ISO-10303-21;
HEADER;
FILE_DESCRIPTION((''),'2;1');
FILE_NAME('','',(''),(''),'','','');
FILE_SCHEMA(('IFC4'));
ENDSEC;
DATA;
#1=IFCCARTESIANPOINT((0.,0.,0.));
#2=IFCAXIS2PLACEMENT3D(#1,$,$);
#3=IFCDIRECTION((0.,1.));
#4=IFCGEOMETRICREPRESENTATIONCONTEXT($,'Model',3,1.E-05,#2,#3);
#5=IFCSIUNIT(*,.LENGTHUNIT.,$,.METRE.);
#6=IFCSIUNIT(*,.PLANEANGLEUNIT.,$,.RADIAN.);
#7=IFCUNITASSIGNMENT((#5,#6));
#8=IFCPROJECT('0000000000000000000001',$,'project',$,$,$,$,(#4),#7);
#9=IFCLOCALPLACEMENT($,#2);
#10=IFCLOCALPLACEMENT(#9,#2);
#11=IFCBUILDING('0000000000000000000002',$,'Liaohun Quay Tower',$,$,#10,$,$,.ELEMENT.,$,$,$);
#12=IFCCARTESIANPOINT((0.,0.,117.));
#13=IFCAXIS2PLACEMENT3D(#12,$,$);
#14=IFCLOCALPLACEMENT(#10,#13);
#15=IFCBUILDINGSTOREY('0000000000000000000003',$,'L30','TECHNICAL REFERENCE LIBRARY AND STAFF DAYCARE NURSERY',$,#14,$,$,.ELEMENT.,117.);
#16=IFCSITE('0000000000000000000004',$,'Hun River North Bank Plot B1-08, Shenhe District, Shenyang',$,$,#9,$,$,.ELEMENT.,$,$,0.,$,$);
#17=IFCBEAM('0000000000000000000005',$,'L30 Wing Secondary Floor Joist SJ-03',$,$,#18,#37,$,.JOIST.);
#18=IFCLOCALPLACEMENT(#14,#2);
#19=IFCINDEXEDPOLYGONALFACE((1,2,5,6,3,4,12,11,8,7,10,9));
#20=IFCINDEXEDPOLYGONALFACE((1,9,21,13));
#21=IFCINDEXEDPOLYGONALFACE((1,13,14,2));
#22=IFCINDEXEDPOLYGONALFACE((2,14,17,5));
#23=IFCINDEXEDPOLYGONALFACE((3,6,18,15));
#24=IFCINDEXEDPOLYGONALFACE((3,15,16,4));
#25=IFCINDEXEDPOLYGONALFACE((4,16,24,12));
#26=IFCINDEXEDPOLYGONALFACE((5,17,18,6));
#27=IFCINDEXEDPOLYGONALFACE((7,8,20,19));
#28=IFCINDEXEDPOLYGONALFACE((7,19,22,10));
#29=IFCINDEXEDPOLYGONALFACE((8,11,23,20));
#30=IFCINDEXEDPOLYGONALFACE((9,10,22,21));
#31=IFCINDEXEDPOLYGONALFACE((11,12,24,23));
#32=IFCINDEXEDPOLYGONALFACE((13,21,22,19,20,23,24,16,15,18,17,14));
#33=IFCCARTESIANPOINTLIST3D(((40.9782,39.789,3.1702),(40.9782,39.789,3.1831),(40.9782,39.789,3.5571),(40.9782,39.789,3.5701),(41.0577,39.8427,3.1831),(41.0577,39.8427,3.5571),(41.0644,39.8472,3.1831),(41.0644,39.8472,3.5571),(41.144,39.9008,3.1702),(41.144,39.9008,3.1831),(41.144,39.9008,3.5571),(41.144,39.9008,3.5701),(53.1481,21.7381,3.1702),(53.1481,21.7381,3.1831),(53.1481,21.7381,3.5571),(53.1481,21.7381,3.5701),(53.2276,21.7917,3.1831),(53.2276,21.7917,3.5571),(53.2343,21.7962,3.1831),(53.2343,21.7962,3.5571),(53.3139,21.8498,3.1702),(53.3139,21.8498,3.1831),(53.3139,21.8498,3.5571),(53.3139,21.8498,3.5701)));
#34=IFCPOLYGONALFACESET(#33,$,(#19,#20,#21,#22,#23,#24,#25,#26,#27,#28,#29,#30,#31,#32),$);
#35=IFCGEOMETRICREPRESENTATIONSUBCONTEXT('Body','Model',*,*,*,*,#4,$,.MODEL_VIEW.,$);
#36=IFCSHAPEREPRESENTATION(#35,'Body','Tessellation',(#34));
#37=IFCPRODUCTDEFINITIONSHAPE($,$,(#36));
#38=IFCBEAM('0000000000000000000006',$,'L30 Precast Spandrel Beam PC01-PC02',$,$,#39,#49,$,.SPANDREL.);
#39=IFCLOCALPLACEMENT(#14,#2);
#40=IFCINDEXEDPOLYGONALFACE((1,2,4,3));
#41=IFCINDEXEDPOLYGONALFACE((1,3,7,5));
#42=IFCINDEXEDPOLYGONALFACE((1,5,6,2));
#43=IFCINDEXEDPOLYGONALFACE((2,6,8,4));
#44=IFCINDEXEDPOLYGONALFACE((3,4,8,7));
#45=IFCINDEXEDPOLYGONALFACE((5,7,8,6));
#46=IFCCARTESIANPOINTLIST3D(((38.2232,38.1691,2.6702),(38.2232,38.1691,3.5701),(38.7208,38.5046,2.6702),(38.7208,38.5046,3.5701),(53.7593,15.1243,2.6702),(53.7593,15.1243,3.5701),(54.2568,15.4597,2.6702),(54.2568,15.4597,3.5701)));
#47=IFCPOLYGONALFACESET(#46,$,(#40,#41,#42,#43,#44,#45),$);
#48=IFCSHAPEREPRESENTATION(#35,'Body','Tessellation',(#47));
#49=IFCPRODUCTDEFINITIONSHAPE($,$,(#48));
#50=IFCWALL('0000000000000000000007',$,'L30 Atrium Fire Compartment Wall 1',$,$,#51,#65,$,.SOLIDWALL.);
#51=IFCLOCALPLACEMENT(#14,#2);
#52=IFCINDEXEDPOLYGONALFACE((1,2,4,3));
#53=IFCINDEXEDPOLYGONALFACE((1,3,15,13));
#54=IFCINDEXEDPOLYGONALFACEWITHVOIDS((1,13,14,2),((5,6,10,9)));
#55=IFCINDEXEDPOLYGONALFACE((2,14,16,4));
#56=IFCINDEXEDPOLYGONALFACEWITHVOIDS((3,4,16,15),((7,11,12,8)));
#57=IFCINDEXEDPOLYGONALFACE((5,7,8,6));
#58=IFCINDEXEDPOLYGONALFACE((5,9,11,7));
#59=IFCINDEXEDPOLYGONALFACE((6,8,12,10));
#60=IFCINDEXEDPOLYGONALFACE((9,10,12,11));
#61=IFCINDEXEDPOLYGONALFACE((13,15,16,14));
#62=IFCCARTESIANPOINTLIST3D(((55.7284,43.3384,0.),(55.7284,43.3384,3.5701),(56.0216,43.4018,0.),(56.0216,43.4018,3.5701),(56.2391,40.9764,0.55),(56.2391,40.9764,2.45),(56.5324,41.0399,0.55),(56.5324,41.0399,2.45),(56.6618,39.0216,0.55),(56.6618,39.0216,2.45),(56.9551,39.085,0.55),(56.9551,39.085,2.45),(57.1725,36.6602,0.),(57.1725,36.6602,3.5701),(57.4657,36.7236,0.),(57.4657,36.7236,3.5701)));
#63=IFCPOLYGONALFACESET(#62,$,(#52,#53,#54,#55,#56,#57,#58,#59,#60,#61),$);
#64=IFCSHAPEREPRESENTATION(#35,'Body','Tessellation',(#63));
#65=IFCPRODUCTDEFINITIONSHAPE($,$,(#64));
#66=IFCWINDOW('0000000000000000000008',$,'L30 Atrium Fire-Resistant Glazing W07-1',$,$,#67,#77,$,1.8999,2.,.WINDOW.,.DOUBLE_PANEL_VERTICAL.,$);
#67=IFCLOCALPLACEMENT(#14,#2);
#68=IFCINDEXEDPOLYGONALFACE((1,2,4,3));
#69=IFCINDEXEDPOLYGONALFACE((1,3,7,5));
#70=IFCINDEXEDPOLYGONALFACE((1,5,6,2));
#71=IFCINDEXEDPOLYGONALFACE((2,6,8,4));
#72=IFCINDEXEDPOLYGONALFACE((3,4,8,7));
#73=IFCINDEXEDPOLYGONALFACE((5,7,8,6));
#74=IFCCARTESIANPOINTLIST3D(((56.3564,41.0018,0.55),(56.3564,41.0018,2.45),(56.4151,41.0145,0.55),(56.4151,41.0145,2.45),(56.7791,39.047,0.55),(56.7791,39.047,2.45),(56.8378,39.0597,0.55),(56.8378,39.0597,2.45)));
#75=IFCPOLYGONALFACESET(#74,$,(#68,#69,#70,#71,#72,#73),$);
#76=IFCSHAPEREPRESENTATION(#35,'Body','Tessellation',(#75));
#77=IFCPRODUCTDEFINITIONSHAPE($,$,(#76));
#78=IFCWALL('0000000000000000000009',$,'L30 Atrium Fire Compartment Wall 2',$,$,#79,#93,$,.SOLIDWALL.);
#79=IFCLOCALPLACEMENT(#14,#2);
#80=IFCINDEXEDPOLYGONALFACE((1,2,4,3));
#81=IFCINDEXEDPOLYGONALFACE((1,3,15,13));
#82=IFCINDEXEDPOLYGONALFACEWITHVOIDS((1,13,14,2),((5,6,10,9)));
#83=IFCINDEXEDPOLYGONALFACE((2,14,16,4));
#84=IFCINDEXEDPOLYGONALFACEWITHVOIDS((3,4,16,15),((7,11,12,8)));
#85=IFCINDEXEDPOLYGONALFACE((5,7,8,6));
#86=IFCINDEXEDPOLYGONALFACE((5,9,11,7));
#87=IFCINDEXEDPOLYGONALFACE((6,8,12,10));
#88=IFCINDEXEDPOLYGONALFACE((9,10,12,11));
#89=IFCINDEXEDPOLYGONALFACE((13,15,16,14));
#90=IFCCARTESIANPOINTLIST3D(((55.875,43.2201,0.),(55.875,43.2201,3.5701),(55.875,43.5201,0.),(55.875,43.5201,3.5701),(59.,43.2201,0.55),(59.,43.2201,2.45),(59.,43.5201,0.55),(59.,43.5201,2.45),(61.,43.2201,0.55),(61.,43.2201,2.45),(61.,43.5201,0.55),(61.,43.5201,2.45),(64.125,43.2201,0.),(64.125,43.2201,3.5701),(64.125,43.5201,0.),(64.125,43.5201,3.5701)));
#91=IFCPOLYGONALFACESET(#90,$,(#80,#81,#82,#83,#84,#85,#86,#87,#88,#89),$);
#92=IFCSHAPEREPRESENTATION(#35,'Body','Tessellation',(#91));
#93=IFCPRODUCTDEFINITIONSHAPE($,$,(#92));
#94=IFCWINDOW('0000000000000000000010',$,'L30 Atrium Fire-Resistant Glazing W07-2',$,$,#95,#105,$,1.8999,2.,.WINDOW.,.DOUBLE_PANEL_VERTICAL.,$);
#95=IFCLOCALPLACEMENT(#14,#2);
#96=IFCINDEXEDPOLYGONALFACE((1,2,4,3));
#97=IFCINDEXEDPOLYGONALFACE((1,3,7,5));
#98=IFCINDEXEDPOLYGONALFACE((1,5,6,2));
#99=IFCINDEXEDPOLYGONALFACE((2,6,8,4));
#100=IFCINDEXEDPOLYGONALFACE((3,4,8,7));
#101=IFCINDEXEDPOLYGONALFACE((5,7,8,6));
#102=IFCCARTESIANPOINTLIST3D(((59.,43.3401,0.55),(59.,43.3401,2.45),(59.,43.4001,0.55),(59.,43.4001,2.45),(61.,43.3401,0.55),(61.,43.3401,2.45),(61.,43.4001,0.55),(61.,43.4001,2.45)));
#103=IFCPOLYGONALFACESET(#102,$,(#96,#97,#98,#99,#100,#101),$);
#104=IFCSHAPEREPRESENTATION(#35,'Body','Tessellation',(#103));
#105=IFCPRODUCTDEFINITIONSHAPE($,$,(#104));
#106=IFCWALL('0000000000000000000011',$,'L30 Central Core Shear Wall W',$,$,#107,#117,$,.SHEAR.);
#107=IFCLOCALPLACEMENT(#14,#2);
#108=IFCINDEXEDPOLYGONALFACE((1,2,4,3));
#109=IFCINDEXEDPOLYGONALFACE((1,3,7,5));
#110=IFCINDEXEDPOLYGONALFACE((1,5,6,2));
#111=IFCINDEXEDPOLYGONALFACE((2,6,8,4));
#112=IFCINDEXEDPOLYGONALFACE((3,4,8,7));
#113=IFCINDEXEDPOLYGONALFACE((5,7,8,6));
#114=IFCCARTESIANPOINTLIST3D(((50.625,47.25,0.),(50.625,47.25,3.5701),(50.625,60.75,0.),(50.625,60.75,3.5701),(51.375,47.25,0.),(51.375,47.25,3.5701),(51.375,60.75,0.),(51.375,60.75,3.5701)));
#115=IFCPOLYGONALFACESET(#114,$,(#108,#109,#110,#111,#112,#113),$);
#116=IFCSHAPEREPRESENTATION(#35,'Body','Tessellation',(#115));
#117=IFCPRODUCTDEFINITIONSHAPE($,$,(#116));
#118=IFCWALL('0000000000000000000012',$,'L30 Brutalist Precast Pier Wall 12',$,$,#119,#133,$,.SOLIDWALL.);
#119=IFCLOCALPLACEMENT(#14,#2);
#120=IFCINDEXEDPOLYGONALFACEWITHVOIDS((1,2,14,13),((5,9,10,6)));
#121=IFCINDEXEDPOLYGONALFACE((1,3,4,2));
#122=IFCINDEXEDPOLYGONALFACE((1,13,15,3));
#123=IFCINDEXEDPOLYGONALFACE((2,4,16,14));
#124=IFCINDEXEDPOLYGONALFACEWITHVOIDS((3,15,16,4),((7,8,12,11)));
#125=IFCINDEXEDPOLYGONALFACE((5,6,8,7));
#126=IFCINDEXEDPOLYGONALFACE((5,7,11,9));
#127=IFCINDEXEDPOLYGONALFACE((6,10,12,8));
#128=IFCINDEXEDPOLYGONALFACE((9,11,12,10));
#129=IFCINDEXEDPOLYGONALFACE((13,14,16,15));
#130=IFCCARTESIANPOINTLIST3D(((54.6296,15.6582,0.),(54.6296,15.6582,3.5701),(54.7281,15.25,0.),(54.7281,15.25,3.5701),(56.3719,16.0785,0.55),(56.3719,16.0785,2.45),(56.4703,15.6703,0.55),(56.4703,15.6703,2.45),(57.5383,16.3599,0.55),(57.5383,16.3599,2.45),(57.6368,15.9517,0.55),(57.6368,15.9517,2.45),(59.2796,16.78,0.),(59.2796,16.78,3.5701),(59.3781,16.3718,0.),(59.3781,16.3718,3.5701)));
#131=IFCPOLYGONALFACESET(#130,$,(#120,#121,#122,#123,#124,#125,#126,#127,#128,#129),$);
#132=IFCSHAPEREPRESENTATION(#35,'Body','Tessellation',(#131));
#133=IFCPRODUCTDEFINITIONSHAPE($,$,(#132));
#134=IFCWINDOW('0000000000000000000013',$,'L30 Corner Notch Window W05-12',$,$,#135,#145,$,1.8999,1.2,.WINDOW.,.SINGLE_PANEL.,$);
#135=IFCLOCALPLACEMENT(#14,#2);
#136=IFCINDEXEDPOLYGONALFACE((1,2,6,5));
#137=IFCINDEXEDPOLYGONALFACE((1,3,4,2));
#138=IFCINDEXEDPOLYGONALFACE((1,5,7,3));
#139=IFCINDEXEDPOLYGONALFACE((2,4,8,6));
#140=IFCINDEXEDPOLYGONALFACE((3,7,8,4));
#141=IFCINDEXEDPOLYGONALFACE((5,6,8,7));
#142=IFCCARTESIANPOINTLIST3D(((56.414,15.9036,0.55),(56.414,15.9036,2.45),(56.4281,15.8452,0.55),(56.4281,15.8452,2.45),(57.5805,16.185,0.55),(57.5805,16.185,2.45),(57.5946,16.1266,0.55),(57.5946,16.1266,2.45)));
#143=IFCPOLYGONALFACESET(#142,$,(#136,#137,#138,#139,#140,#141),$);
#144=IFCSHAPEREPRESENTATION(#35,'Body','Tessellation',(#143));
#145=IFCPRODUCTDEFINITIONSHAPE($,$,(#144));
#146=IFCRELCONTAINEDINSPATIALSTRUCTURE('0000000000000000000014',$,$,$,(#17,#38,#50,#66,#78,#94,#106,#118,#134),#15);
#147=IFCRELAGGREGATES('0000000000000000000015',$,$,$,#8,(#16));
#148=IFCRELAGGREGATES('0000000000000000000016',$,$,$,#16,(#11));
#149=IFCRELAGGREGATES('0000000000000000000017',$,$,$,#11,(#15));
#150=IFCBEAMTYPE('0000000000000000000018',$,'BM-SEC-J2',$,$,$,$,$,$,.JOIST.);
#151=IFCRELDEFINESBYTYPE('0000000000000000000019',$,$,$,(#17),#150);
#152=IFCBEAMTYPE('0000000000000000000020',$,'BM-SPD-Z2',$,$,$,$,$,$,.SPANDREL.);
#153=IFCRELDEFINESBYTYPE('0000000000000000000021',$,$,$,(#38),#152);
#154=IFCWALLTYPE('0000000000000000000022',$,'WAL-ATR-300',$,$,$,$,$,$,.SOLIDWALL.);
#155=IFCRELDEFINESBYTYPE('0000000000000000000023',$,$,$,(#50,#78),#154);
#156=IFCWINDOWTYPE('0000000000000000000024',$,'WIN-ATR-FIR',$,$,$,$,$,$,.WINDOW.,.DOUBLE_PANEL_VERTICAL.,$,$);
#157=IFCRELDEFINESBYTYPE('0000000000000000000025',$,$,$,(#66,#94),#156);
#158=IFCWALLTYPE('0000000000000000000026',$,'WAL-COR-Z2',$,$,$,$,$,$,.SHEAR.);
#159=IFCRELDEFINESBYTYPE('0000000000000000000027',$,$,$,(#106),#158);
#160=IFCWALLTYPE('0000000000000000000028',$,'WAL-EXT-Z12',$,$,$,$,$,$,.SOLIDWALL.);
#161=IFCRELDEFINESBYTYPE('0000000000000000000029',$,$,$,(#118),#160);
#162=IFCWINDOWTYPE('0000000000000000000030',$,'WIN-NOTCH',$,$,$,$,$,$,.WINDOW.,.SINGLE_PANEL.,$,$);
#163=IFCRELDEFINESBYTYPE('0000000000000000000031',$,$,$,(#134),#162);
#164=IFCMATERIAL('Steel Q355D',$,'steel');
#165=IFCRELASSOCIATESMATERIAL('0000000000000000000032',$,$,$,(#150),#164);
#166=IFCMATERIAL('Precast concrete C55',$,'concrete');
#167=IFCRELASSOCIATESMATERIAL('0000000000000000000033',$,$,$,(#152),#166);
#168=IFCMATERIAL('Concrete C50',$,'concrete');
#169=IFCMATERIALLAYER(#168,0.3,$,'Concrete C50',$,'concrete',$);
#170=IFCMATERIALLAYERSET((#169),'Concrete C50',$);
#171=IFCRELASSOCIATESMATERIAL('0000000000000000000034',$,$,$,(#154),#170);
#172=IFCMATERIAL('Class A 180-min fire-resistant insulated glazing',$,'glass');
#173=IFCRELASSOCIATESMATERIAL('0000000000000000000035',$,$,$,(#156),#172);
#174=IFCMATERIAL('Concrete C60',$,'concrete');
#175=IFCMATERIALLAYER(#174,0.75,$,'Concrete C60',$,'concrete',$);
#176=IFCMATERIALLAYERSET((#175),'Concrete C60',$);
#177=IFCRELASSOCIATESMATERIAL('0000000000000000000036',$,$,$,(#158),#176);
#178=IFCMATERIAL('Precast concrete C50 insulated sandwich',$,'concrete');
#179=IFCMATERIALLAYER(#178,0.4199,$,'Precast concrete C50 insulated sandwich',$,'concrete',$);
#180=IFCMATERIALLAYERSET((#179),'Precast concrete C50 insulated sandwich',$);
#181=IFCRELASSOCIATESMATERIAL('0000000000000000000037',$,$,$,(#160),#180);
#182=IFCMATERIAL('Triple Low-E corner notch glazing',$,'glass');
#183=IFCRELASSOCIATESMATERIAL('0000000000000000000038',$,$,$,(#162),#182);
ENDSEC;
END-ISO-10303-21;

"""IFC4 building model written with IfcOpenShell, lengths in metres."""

from ifc_helpers import new_model, si_unit, direction, frame, frame_2d, origin, origin_2d, place, context, subcontext, project, spatial, rectangle, i_section, extrude, source, transform, mapped, material, layer, layer_set, material_profile, profile_set, type_object, element, fill, save


model = new_model("IFC4")

# Units and contexts
model_context = context("Model", 3, precision=1e-05, world=origin(), true_north=direction((0.0, 1.0)))
body_context = subcontext(model_context, "Body", "Model", "MODEL_VIEW")
ifc_project = project(units=[si_unit("LENGTHUNIT", "METRE"), si_unit("PLANEANGLEUNIT", "RADIAN")], contexts=[model_context])

# Site, building, storey
site_placement = place(None, origin())
site = spatial("IfcSite", under=ifc_project, at=site_placement, Name="Hun River North Bank Plot B1-08, Shenhe District, Shenyang", CompositionType="ELEMENT", RefElevation=0.0)
building_placement = place(site_placement, origin())
building = spatial("IfcBuilding", under=site, at=building_placement, Name="Liaohun Quay Tower", CompositionType="ELEMENT")
storey_placement = place(building_placement, frame((0.0, 0.0, 117.0)))
storey = spatial("IfcBuildingStorey", under=building, at=storey_placement, Name="L30", Description="TECHNICAL REFERENCE LIBRARY AND STAFF DAYCARE NURSERY", CompositionType="ELEMENT", Elevation=117.0)

# Shared definitions
ifc_material_1 = material(Name="Concrete C60", Category="concrete")

# Beams
ifc_material_2 = material(Name="Steel Q355D", Category="steel")
ifc_material_profile_1 = material_profile(ifc_material_2, i_section(OverallWidth=0.2, OverallDepth=0.3999, WebThickness=0.0081, FlangeThickness=0.0129, at=origin_2d()), Name="HN400x200x8x13")
ifc_profile_set_1 = profile_set([ifc_material_profile_1], Name="Steel Q355D")
beam_type_1 = type_object("IfcBeamType", Name="BM-SEC-J2", PredefinedType="JOIST", material=ifc_profile_set_1)
shared_shape_1 = source(origin(), body_context, "Body", "SweptSolid", [
    extrude(i_section(OverallWidth=0.2, OverallDepth=0.3999, WebThickness=0.0081, FlangeThickness=0.0129, at=origin_2d()), origin(), (0.0, 0.0, 1.0), 21.7703),
])
beam_1_placement = place(storey_placement, frame((53.231, 21.7939, 3.3701), z_axis=(-0.559015, 0.829158, 0.0), x_axis=(-0.829158, -0.559015, 0.0)))
element("IfcBeam", 1, at=beam_1_placement, inside=storey, type_object=beam_type_1, Name="L30 Wing Secondary Floor Joist SJ-03", PredefinedType="JOIST", context=body_context, shape_type="MappedRepresentation", body=[
    mapped(shared_shape_1, transform((0.0, 0.0, 0.0), x_axis=(1.0, 0.0, 0.0), y_axis=(0.0, 1.0, 0.0), z_axis=(0.0, 0.0, 1.0), scale=1.0)),
])
ifc_material_3 = material(Name="Precast concrete C55", Category="concrete")
ifc_material_profile_2 = material_profile(ifc_material_3, rectangle(XDim=0.6001, YDim=0.8999, at=origin_2d()), Name="RC600x900")
ifc_profile_set_2 = profile_set([ifc_material_profile_2], Name="Precast concrete C55")
beam_type_2 = type_object("IfcBeamType", Name="BM-SPD-Z2", PredefinedType="SPANDREL", material=ifc_profile_set_2)
shared_shape_2 = source(origin(), body_context, "Body", "SweptSolid", [
    extrude(rectangle(XDim=0.6001, YDim=0.8999, at=origin_2d()), origin(), (0.0, 0.0, 1.0), 27.7927),
])
beam_2_placement = place(storey_placement, frame((54.0081, 15.292, 3.1201), z_axis=(-0.558998, 0.829169, 0.0), x_axis=(-0.829169, -0.558998, 0.0)))
element("IfcBeam", 2, at=beam_2_placement, inside=storey, type_object=beam_type_2, Name="L30 Precast Spandrel Beam PC01-PC02", PredefinedType="SPANDREL", context=body_context, shape_type="MappedRepresentation", body=[
    mapped(shared_shape_2, transform((0.0, 0.0, 0.0), x_axis=(1.0, 0.0, 0.0), y_axis=(0.0, 1.0, 0.0), z_axis=(0.0, 0.0, 1.0), scale=1.0)),
])

# Walls, openings, windows
ifc_material_4 = material(Name="Concrete C50", Category="concrete")
ifc_layer_1 = layer(ifc_material_4, 0.3, Name="Concrete C50", Category="concrete")
ifc_layer_set_1 = layer_set([ifc_layer_1], Name="Concrete C50")
wall_type_1 = type_object("IfcWallType", Name="WAL-ATR-300", PredefinedType="SOLIDWALL", material=ifc_layer_set_1)
wall_1_placement = place(storey_placement, frame((57.3191, 36.6919, 0.0), z_axis=(0.0, 0.0, 1.0), x_axis=(-0.211354, 0.97741, 0.0)))
wall_1 = element("IfcWall", 3, at=wall_1_placement, inside=storey, type_object=wall_type_1, Name="L30 Atrium Fire Compartment Wall 1", PredefinedType="SOLIDWALL", context=body_context, shape_type="SweptSolid", body=[
    extrude(rectangle(XDim=6.8325, YDim=0.3, at=frame_2d((3.4163, 0.0))), origin(), (0.0, 0.0, 1.0), 3.5701),
])
shared_shape_3 = source(origin(), body_context, "Body", "SweptSolid", [
    extrude(rectangle(XDim=2.0, YDim=1.8999, at=frame_2d((1.0, 0.95))), frame((0.0, 0.1599, 0.0), z_axis=(0.0, -1.0, 0.0), x_axis=(1.0, 0.0, 0.0)), (0.0, 0.0, 1.0), 0.3201),
])
opening_1_placement = place(wall_1_placement, frame((2.416, 0.0, 0.55)))
opening_1 = element("IfcOpeningElement", 4, at=opening_1_placement, cuts=wall_1, PredefinedType="OPENING", context=body_context, shape_type="MappedRepresentation", body=[
    mapped(shared_shape_3, transform((0.0, 0.0, 0.0), x_axis=(1.0, 0.0, 0.0), y_axis=(0.0, 1.0, 0.0), z_axis=(0.0, 0.0, 1.0), scale=1.0)),
])
ifc_material_5 = material(Name="Class A 180-min fire-resistant insulated glazing", Category="glass")
window_type_1 = type_object("IfcWindowType", Name="WIN-ATR-FIR", PartitioningType="DOUBLE_PANEL_VERTICAL", PredefinedType="WINDOW", material=ifc_material_5)
shared_shape_4 = source(origin(), body_context, "Body", "SweptSolid", [
    extrude(rectangle(XDim=2.0, YDim=1.8999, at=frame_2d((1.0, 0.95))), frame((0.0, 0.03, 0.0), z_axis=(0.0, -1.0, 0.0), x_axis=(1.0, 0.0, 0.0)), (0.0, 0.0, 1.0), 0.0601),
])
window_1_placement = place(opening_1_placement, origin())
window_1 = element("IfcWindow", 5, at=window_1_placement, inside=storey, type_object=window_type_1, Name="L30 Atrium Fire-Resistant Glazing W07-1", OverallHeight=1.8999, OverallWidth=2.0, PartitioningType="DOUBLE_PANEL_VERTICAL", PredefinedType="WINDOW", context=body_context, shape_type="MappedRepresentation", body=[
    mapped(shared_shape_4, transform((0.0, 0.0, 0.0), x_axis=(1.0, 0.0, 0.0), y_axis=(0.0, 1.0, 0.0), z_axis=(0.0, 0.0, 1.0), scale=1.0)),
])
fill(opening_1, window_1)
wall_2_placement = place(storey_placement, frame((55.875, 43.3701, 0.0), z_axis=(0.0, 0.0, 1.0), x_axis=(1.0, 0.0, 0.0)))
wall_2 = element("IfcWall", 6, at=wall_2_placement, inside=storey, type_object=wall_type_1, Name="L30 Atrium Fire Compartment Wall 2", PredefinedType="SOLIDWALL", context=body_context, shape_type="SweptSolid", body=[
    extrude(rectangle(XDim=8.25, YDim=0.3, at=frame_2d((4.125, 0.0))), origin(), (0.0, 0.0, 1.0), 3.5701),
])
opening_2_placement = place(wall_2_placement, frame((3.125, 0.0, 0.55)))
opening_2 = element("IfcOpeningElement", 7, at=opening_2_placement, cuts=wall_2, PredefinedType="OPENING", context=body_context, shape_type="MappedRepresentation", body=[
    mapped(shared_shape_3, transform((0.0, 0.0, 0.0), x_axis=(1.0, 0.0, 0.0), y_axis=(0.0, 1.0, 0.0), z_axis=(0.0, 0.0, 1.0), scale=1.0)),
])
window_2_placement = place(opening_2_placement, origin())
window_2 = element("IfcWindow", 8, at=window_2_placement, inside=storey, type_object=window_type_1, Name="L30 Atrium Fire-Resistant Glazing W07-2", OverallHeight=1.8999, OverallWidth=2.0, PartitioningType="DOUBLE_PANEL_VERTICAL", PredefinedType="WINDOW", context=body_context, shape_type="MappedRepresentation", body=[
    mapped(shared_shape_4, transform((0.0, 0.0, 0.0), x_axis=(1.0, 0.0, 0.0), y_axis=(0.0, 1.0, 0.0), z_axis=(0.0, 0.0, 1.0), scale=1.0)),
])
fill(opening_2, window_2)

# Wall
ifc_layer_2 = layer(ifc_material_1, 0.75, Name="Concrete C60", Category="concrete")
ifc_layer_set_2 = layer_set([ifc_layer_2], Name="Concrete C60")
wall_type_2 = type_object("IfcWallType", Name="WAL-COR-Z2", PredefinedType="SHEAR", material=ifc_layer_set_2)
wall_3_placement = place(storey_placement, frame((51.0, 47.25, 0.0), z_axis=(0.0, 0.0, 1.0), x_axis=(0.0, 1.0, 0.0)))
element("IfcWall", 9, at=wall_3_placement, inside=storey, type_object=wall_type_2, Name="L30 Central Core Shear Wall W", PredefinedType="SHEAR", context=body_context, shape_type="SweptSolid", body=[
    extrude(rectangle(XDim=13.5, YDim=0.75, at=frame_2d((6.75, 0.0))), origin(), (0.0, 0.0, 1.0), 3.5701),
])

# Wall, opening, window
ifc_material_6 = material(Name="Precast concrete C50 insulated sandwich", Category="concrete")
ifc_layer_3 = layer(ifc_material_6, 0.4199, Name="Precast concrete C50 insulated sandwich", Category="concrete")
ifc_layer_set_3 = layer_set([ifc_layer_3], Name="Precast concrete C50 insulated sandwich")
wall_type_3 = type_object("IfcWallType", Name="WAL-EXT-Z12", PredefinedType="SOLIDWALL", material=ifc_layer_set_3)
wall_4_placement = place(storey_placement, frame((54.679, 15.4541, 0.0), z_axis=(0.0, 0.0, 1.0), x_axis=(0.972112, 0.234517, 0.0)))
wall_4 = element("IfcWall", 10, at=wall_4_placement, inside=storey, type_object=wall_type_3, Name="L30 Brutalist Precast Pier Wall 12", PredefinedType="SOLIDWALL", context=body_context, shape_type="SweptSolid", body=[
    extrude(rectangle(XDim=4.7834, YDim=0.4199, at=frame_2d((2.3916, 0.0))), origin(), (0.0, 0.0, 1.0), 3.5701),
])
shared_shape_5 = source(origin(), body_context, "Body", "SweptSolid", [
    extrude(rectangle(XDim=1.2, YDim=1.8999, at=frame_2d((0.6001, 0.95))), frame((0.0, 0.22, 0.0), z_axis=(0.0, -1.0, 0.0), x_axis=(1.0, 0.0, 0.0)), (0.0, 0.0, 1.0), 0.4399),
])
opening_3_placement = place(wall_4_placement, frame((1.792, 0.0, 0.55)))
opening_3 = element("IfcOpeningElement", 11, at=opening_3_placement, cuts=wall_4, PredefinedType="OPENING", context=body_context, shape_type="MappedRepresentation", body=[
    mapped(shared_shape_5, transform((0.0, 0.0, 0.0), x_axis=(1.0, 0.0, 0.0), y_axis=(0.0, 1.0, 0.0), z_axis=(0.0, 0.0, 1.0), scale=1.0)),
])
ifc_material_7 = material(Name="Triple Low-E corner notch glazing", Category="glass")
window_type_2 = type_object("IfcWindowType", Name="WIN-NOTCH", PartitioningType="SINGLE_PANEL", PredefinedType="WINDOW", material=ifc_material_7)
shared_shape_6 = source(origin(), body_context, "Body", "SweptSolid", [
    extrude(rectangle(XDim=1.2, YDim=1.8999, at=frame_2d((0.6001, 0.95))), frame((0.0, 0.03, 0.0), z_axis=(0.0, -1.0, 0.0), x_axis=(1.0, 0.0, 0.0)), (0.0, 0.0, 1.0), 0.0601),
])
window_3_placement = place(opening_3_placement, origin())
window_3 = element("IfcWindow", 12, at=window_3_placement, inside=storey, type_object=window_type_2, Name="L30 Corner Notch Window W05-12", OverallHeight=1.8999, OverallWidth=1.2, PartitioningType="SINGLE_PANEL", PredefinedType="WINDOW", context=body_context, shape_type="MappedRepresentation", body=[
    mapped(shared_shape_6, transform((0.0, 0.0, 0.0), x_axis=(1.0, 0.0, 0.0), y_axis=(0.0, 1.0, 0.0), z_axis=(0.0, 0.0, 1.0), scale=1.0)),
])
fill(opening_3, window_3)

save(model, "model.ifc")
